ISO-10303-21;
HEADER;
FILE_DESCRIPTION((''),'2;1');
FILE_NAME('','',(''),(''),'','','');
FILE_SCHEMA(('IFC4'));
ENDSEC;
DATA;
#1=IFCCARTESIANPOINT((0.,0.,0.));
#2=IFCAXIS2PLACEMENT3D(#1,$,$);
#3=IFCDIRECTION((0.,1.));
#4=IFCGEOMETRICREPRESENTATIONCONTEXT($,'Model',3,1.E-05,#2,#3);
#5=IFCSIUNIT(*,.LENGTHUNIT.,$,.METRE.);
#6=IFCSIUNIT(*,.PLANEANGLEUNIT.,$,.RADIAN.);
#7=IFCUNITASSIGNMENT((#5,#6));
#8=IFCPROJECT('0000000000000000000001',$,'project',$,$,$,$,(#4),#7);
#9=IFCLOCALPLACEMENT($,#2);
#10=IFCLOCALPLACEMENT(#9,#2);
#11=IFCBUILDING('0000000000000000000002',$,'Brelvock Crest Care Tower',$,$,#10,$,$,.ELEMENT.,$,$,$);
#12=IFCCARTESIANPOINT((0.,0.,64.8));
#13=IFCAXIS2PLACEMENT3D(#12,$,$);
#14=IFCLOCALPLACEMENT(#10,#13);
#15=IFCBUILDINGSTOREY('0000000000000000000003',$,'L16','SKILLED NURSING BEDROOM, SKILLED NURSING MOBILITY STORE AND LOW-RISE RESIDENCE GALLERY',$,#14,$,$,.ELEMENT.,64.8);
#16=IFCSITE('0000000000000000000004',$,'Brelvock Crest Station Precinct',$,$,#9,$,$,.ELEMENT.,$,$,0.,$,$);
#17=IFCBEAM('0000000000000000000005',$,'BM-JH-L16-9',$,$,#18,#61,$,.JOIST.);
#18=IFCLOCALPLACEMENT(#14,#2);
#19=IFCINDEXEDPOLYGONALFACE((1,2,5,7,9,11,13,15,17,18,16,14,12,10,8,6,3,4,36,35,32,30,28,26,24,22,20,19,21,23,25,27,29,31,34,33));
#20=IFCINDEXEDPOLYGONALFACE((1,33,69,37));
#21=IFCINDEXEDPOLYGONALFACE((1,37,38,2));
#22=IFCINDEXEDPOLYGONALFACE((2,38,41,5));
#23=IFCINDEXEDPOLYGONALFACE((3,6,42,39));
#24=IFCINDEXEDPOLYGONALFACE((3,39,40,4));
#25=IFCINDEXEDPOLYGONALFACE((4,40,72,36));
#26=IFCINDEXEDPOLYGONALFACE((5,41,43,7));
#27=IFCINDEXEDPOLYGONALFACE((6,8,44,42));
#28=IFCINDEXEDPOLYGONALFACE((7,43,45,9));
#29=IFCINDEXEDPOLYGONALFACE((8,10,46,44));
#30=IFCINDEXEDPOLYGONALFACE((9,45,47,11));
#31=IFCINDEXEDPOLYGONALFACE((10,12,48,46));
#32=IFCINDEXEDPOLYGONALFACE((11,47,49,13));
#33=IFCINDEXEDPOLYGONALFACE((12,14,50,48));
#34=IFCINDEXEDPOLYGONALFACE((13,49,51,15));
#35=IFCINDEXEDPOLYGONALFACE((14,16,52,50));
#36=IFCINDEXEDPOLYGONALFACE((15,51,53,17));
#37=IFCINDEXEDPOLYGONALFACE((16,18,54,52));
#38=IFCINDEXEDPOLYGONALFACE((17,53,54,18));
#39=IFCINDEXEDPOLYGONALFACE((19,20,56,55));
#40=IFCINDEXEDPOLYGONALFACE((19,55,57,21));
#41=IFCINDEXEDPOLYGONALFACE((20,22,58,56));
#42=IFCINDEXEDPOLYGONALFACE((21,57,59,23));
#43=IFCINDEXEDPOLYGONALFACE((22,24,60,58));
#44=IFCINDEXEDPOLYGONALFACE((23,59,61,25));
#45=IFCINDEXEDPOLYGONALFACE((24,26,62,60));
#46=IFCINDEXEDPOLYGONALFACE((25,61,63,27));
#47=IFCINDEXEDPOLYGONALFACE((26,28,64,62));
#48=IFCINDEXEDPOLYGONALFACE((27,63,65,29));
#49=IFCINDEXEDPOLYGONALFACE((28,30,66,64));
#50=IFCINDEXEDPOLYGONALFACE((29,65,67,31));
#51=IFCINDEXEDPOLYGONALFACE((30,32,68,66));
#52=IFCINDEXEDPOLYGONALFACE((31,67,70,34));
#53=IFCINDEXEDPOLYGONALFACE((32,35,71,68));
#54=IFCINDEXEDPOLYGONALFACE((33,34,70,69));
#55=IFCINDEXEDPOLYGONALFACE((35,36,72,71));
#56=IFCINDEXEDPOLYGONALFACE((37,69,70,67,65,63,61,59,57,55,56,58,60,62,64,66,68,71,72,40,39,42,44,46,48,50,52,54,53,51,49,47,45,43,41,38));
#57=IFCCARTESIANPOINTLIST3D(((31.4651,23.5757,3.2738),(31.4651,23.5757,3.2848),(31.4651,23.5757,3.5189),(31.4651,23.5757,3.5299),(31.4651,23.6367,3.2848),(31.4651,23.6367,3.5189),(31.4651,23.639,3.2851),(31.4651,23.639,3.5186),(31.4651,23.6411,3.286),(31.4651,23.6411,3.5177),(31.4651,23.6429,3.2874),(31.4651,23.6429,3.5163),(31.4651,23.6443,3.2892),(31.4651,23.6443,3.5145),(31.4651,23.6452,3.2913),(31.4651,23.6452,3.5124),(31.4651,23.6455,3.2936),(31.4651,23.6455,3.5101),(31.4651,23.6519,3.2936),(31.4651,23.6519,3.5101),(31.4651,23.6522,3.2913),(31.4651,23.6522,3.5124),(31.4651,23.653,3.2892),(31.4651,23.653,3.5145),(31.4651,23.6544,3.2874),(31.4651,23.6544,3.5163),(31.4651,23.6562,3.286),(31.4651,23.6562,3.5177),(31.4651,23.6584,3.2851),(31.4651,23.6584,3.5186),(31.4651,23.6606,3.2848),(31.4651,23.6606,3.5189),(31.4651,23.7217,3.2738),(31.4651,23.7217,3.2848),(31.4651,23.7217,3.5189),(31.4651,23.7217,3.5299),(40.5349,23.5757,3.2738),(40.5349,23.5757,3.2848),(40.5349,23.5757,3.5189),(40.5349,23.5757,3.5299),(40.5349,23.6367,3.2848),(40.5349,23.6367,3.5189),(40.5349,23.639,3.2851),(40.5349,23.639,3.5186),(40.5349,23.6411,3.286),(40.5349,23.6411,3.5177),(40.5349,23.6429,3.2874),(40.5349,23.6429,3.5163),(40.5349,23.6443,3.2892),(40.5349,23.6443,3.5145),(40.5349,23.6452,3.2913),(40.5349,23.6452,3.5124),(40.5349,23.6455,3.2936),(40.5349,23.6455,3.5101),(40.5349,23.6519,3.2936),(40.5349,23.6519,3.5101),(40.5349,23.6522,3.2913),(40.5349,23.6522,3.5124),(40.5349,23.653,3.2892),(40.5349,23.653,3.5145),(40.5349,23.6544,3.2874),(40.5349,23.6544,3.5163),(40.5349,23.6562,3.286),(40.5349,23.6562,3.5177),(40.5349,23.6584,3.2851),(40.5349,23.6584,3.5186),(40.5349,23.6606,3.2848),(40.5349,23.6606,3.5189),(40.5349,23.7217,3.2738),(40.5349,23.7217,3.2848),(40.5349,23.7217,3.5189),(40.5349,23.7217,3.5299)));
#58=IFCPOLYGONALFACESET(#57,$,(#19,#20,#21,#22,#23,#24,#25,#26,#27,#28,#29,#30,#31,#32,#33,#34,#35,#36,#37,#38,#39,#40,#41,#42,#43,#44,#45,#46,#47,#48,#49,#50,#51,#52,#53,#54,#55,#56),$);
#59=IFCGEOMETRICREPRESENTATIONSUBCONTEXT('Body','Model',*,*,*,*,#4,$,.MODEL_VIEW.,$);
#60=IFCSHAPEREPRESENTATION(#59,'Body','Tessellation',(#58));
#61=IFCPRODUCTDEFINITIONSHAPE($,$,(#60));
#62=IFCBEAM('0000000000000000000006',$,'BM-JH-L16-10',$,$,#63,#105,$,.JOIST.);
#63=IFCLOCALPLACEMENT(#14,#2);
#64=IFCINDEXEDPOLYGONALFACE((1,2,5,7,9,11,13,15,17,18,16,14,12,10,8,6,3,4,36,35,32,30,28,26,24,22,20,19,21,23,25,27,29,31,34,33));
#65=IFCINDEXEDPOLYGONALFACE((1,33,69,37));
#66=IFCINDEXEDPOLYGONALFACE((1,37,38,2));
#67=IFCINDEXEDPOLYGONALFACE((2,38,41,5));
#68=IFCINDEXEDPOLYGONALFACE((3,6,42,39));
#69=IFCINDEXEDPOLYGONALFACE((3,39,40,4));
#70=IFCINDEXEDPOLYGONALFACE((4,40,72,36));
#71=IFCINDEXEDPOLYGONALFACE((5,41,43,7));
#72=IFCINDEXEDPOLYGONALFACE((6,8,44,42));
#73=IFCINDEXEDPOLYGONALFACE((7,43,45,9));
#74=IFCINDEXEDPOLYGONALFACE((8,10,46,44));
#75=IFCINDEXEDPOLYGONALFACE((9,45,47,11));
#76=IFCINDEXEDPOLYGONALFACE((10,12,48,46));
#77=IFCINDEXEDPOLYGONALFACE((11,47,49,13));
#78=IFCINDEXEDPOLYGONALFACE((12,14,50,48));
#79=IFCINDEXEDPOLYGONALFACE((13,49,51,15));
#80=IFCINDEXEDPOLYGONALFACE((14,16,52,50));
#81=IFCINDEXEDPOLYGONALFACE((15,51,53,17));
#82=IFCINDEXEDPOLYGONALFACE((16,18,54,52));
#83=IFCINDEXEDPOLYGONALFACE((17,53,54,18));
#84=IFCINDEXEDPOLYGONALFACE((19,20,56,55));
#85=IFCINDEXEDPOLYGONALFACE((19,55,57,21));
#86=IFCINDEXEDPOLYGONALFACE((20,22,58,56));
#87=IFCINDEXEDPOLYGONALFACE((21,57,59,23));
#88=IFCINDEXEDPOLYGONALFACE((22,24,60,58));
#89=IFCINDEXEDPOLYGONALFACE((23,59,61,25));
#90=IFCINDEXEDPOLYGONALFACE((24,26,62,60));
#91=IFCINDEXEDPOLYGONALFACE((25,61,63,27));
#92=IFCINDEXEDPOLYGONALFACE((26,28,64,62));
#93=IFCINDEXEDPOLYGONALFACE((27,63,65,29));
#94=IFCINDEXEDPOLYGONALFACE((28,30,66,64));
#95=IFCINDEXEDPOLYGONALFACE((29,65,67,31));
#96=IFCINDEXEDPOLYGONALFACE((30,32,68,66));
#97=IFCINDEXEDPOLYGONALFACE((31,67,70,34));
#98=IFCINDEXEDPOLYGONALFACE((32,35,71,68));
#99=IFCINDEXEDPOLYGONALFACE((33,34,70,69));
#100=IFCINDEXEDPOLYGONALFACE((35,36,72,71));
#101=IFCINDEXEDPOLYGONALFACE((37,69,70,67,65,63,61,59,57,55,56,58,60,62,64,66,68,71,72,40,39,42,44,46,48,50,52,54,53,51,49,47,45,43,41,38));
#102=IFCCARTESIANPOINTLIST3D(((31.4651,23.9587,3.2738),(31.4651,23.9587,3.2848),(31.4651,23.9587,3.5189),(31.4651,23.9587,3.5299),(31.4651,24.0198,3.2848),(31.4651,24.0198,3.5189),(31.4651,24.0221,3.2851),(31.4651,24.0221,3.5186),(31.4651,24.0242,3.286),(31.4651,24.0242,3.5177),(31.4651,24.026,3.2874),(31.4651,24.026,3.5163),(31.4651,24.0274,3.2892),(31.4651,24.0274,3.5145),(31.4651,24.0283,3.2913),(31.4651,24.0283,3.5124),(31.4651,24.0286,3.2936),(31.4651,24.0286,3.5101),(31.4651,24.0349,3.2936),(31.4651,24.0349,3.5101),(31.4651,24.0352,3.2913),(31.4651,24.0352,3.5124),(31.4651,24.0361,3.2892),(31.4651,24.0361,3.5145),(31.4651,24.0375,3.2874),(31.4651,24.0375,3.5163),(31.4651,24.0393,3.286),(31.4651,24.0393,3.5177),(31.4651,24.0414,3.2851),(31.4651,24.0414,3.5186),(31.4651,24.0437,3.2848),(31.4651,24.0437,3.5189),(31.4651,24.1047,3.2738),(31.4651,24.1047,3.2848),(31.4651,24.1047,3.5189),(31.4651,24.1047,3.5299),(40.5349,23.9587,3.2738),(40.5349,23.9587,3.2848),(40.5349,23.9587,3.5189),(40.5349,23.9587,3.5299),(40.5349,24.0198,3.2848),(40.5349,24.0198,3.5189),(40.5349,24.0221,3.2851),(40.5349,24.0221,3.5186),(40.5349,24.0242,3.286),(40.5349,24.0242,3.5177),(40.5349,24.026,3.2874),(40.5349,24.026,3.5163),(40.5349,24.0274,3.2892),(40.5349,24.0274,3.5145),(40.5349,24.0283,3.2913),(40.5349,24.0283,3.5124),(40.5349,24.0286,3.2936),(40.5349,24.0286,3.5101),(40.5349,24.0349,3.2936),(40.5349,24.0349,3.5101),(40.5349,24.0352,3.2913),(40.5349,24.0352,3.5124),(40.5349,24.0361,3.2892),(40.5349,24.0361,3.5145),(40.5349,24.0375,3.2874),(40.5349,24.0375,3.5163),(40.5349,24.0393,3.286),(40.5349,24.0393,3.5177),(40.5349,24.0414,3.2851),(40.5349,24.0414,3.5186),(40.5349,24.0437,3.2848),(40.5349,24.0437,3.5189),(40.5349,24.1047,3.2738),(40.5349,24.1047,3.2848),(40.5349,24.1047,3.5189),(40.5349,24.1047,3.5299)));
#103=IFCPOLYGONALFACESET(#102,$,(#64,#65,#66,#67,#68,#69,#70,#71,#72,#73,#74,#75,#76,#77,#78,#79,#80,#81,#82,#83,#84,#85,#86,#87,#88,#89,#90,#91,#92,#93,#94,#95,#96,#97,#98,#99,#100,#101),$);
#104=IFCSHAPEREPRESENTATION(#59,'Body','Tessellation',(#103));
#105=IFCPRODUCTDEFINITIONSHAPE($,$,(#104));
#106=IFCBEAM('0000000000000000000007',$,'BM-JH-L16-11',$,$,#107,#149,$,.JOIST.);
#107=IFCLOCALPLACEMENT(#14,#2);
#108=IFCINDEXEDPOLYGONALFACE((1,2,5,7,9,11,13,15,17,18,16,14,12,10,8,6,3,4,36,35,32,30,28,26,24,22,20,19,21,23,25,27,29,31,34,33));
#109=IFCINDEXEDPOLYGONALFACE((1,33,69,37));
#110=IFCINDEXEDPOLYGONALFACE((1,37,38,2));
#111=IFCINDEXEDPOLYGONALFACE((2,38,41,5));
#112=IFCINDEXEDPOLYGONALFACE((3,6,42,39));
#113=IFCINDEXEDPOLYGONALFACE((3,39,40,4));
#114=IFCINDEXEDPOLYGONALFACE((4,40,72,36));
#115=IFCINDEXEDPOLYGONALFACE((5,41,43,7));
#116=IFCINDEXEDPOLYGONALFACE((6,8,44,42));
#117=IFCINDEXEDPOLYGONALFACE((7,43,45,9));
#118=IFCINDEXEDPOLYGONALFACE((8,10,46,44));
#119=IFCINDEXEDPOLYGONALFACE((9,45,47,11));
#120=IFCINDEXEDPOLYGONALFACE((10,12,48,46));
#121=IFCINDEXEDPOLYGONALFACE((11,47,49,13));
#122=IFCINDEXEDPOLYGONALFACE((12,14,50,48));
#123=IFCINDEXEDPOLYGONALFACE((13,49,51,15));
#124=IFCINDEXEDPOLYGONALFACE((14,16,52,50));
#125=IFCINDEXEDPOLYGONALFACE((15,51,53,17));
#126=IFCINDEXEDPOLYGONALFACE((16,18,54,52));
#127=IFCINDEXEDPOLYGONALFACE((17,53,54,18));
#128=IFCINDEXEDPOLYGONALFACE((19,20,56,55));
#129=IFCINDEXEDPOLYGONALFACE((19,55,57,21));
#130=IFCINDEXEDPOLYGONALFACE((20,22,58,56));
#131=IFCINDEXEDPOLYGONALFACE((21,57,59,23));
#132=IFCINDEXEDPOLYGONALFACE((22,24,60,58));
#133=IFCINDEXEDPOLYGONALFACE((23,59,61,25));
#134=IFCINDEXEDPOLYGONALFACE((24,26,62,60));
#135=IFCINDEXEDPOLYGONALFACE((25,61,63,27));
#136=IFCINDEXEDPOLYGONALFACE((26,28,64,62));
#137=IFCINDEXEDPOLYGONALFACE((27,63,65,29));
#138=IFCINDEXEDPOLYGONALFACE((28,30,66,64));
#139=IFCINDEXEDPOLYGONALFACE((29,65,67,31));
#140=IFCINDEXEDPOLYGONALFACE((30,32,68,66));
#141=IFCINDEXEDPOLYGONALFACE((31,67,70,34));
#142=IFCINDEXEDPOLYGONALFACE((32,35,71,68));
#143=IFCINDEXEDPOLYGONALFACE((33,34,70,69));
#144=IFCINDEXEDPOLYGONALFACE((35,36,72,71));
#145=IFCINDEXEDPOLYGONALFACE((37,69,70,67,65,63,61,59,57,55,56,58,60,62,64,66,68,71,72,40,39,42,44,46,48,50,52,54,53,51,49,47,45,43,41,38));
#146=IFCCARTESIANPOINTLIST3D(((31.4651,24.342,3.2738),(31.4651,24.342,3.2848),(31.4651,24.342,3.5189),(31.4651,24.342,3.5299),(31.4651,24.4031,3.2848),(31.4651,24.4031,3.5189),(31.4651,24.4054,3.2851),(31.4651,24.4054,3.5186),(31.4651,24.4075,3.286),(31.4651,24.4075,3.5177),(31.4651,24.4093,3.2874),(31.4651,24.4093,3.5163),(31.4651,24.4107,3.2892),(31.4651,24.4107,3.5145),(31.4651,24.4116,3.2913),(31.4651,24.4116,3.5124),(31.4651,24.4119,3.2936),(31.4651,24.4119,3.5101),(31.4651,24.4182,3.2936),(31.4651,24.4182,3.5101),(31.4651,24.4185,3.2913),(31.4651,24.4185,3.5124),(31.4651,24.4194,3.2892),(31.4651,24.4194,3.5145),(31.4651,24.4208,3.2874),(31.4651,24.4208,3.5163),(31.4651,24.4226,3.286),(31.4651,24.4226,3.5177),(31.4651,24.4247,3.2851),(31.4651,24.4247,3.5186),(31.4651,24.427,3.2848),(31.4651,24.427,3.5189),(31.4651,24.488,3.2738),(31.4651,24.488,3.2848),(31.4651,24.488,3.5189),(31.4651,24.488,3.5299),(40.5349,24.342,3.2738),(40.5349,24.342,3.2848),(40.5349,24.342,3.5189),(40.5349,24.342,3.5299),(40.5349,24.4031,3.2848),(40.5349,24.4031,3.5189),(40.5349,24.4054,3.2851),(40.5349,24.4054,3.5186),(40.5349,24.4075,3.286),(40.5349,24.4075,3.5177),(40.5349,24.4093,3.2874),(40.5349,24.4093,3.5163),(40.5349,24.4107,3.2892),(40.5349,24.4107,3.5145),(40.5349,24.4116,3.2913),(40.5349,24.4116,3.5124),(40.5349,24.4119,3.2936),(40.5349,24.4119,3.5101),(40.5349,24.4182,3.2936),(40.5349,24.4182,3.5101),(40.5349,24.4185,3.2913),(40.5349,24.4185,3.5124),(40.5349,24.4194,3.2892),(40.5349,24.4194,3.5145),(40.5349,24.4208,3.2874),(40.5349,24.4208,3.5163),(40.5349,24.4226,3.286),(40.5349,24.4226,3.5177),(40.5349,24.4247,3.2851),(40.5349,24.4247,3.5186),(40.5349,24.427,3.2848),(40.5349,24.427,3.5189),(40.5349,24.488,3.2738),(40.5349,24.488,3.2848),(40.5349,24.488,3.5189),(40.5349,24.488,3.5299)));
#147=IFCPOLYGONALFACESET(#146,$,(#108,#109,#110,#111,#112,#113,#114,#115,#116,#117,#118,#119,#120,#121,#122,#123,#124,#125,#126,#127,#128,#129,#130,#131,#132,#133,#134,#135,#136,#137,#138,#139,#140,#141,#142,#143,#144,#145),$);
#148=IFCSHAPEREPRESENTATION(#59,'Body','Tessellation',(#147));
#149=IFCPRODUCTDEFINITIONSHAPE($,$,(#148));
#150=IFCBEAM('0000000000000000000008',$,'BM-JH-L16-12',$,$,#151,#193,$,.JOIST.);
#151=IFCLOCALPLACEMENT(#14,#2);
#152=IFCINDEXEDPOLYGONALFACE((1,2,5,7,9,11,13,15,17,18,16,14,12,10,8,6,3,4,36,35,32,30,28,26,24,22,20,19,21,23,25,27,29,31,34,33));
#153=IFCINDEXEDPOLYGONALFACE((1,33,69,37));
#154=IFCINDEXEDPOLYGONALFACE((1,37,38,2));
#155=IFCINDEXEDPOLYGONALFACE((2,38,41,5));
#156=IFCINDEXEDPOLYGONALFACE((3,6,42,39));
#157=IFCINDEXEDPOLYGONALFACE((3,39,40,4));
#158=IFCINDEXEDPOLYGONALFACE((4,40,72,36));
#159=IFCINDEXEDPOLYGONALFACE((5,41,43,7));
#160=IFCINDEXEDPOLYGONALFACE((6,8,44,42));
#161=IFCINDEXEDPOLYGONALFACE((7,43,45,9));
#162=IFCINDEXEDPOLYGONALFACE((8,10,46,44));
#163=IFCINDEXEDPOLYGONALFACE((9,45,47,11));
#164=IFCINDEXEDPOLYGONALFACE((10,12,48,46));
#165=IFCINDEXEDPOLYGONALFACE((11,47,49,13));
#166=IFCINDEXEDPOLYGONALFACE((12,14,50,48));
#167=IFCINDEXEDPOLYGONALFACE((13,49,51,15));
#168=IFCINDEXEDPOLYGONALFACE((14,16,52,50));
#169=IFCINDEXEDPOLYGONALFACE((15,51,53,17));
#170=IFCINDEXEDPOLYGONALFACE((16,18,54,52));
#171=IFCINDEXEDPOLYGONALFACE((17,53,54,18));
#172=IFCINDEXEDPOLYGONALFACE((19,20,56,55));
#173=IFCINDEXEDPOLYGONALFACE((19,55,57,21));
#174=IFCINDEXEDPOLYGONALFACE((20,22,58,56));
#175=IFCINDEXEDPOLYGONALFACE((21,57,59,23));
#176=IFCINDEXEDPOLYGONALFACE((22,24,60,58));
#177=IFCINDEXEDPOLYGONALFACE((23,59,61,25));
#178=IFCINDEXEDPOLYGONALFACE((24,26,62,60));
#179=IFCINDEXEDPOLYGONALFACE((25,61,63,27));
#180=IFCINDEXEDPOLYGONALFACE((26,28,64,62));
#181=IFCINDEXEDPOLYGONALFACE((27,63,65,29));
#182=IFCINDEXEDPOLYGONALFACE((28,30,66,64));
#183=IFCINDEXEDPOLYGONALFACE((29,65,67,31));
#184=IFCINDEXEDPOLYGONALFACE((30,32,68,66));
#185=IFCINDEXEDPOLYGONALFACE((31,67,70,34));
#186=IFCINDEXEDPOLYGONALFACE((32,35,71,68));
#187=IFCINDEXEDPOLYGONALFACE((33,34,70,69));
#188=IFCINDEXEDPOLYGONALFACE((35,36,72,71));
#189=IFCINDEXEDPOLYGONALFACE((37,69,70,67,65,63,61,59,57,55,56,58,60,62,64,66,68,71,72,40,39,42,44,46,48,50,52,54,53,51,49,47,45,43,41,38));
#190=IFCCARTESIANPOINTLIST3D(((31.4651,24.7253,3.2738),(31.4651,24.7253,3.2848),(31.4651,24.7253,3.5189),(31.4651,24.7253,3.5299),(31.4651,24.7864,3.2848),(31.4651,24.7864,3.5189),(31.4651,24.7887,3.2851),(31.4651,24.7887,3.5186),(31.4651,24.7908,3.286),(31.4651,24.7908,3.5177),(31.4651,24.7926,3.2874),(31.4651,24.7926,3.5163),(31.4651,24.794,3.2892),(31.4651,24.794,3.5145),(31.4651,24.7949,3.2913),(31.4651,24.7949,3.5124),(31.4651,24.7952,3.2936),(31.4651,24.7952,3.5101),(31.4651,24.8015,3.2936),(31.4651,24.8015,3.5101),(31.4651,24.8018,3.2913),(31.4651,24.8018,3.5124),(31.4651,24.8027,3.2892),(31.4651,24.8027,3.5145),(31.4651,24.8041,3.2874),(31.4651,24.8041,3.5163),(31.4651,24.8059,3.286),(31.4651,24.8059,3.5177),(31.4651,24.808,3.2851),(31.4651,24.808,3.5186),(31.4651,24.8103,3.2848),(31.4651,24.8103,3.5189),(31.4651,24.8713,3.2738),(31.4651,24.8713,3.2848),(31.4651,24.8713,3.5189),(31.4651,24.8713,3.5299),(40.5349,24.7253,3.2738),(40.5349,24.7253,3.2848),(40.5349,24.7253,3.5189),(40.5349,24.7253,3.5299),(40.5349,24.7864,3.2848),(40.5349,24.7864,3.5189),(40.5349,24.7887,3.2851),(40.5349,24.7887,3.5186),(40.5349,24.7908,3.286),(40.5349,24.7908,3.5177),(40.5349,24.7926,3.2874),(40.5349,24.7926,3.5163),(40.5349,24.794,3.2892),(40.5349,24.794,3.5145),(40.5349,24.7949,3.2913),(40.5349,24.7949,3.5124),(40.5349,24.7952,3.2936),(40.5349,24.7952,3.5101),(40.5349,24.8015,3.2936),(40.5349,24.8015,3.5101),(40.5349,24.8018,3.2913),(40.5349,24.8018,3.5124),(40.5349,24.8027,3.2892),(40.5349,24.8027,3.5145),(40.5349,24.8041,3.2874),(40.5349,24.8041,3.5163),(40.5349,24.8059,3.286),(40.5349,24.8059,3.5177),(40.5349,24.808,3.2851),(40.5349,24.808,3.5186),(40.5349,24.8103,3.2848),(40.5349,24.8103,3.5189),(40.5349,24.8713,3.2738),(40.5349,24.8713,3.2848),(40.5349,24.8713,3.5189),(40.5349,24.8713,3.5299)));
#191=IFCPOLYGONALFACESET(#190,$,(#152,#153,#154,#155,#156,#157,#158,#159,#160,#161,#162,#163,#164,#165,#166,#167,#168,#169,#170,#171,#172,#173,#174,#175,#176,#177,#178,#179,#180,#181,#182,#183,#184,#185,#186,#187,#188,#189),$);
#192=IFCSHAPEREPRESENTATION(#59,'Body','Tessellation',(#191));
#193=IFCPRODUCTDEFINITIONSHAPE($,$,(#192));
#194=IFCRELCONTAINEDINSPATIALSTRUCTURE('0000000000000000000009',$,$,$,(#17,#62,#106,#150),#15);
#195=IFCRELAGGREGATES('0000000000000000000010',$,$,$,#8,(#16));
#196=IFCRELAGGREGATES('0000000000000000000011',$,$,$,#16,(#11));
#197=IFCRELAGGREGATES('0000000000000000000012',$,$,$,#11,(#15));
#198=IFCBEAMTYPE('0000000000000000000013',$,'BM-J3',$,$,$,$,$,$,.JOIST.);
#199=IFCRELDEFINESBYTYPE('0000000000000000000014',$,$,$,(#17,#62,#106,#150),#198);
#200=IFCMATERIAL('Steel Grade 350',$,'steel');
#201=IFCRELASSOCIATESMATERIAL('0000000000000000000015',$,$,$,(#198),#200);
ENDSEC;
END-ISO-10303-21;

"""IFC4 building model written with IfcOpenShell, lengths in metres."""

from ifc_helpers import new_model, si_unit, direction, frame, origin, origin_2d, place, context, subcontext, project, spatial, i_section, extrude, source, transform, mapped, material, material_profile, profile_set, type_object, element, save


model = new_model("IFC4")

# Units and contexts
model_context = context("Model", 3, precision=1e-05, world=origin(), true_north=direction((0.0, 1.0)))
body_context = subcontext(model_context, "Body", "Model", "MODEL_VIEW")
ifc_project = project(units=[si_unit("LENGTHUNIT", "METRE"), si_unit("PLANEANGLEUNIT", "RADIAN")], contexts=[model_context])

# Site, building, storey
site_placement = place(None, origin())
site = spatial("IfcSite", under=ifc_project, at=site_placement, Name="Brelvock Crest Station Precinct", CompositionType="ELEMENT", RefElevation=0.0)
building_placement = place(site_placement, origin())
building = spatial("IfcBuilding", under=site, at=building_placement, Name="Brelvock Crest Care Tower", CompositionType="ELEMENT")
storey_placement = place(building_placement, frame((0.0, 0.0, 64.8)))
storey = spatial("IfcBuildingStorey", under=building, at=storey_placement, Name="L16", Description="SKILLED NURSING BEDROOM, SKILLED NURSING MOBILITY STORE AND LOW-RISE RESIDENCE GALLERY", CompositionType="ELEMENT", Elevation=64.8)

# Beams
ifc_material_1 = material(Name="Steel Grade 350", Category="steel")
ifc_material_profile = material_profile(ifc_material_1, i_section(OverallWidth=0.146, OverallDepth=0.2561, WebThickness=0.0063, FlangeThickness=0.011, FilletRadius=0.0088, at=origin_2d()), Name="250UB37.3")
ifc_profile_set = profile_set([ifc_material_profile], Name="Steel Grade 350")
beam_type = type_object("IfcBeamType", Name="BM-J3", PredefinedType="JOIST", material=ifc_profile_set)
shared_shape_1 = source(origin(), body_context, "Body", "SweptSolid", [
    extrude(i_section(OverallWidth=0.146, OverallDepth=0.2561, WebThickness=0.0063, FlangeThickness=0.011, FilletRadius=0.0088, at=origin_2d()), origin(), (0.0, 0.0, 1.0), 9.0698),
])
for number, where, z_axis, x_axis, name in (
    (1, (31.4651, 23.6487, 3.4019), (1.0, 0.0, 0.0), (0.0, 1.0, 0.0), "BM-JH-L16-9"),
    (2, (31.4651, 24.0317, 3.4019), (1.0, 0.0, 0.0), (0.0, 1.0, 0.0), "BM-JH-L16-10"),
    (3, (31.4651, 24.415, 3.4019), (1.0, 0.0, 0.0), (0.0, 1.0, 0.0), "BM-JH-L16-11"),
    (4, (31.4651, 24.7983, 3.4019), (1.0, 0.0, 0.0), (0.0, 1.0, 0.0), "BM-JH-L16-12"),
):
    element("IfcBeam", number, at=place(storey_placement, frame(where, z_axis=z_axis, x_axis=x_axis)), inside=storey, type_object=beam_type, Name=name, PredefinedType="JOIST", context=body_context, shape_type="MappedRepresentation", body=[
        mapped(shared_shape_1, transform((0.0, 0.0, 0.0), x_axis=(1.0, 0.0, 0.0), y_axis=(0.0, 1.0, 0.0), z_axis=(0.0, 0.0, 1.0), scale=1.0)),
    ])

save(model, "model.ifc")
